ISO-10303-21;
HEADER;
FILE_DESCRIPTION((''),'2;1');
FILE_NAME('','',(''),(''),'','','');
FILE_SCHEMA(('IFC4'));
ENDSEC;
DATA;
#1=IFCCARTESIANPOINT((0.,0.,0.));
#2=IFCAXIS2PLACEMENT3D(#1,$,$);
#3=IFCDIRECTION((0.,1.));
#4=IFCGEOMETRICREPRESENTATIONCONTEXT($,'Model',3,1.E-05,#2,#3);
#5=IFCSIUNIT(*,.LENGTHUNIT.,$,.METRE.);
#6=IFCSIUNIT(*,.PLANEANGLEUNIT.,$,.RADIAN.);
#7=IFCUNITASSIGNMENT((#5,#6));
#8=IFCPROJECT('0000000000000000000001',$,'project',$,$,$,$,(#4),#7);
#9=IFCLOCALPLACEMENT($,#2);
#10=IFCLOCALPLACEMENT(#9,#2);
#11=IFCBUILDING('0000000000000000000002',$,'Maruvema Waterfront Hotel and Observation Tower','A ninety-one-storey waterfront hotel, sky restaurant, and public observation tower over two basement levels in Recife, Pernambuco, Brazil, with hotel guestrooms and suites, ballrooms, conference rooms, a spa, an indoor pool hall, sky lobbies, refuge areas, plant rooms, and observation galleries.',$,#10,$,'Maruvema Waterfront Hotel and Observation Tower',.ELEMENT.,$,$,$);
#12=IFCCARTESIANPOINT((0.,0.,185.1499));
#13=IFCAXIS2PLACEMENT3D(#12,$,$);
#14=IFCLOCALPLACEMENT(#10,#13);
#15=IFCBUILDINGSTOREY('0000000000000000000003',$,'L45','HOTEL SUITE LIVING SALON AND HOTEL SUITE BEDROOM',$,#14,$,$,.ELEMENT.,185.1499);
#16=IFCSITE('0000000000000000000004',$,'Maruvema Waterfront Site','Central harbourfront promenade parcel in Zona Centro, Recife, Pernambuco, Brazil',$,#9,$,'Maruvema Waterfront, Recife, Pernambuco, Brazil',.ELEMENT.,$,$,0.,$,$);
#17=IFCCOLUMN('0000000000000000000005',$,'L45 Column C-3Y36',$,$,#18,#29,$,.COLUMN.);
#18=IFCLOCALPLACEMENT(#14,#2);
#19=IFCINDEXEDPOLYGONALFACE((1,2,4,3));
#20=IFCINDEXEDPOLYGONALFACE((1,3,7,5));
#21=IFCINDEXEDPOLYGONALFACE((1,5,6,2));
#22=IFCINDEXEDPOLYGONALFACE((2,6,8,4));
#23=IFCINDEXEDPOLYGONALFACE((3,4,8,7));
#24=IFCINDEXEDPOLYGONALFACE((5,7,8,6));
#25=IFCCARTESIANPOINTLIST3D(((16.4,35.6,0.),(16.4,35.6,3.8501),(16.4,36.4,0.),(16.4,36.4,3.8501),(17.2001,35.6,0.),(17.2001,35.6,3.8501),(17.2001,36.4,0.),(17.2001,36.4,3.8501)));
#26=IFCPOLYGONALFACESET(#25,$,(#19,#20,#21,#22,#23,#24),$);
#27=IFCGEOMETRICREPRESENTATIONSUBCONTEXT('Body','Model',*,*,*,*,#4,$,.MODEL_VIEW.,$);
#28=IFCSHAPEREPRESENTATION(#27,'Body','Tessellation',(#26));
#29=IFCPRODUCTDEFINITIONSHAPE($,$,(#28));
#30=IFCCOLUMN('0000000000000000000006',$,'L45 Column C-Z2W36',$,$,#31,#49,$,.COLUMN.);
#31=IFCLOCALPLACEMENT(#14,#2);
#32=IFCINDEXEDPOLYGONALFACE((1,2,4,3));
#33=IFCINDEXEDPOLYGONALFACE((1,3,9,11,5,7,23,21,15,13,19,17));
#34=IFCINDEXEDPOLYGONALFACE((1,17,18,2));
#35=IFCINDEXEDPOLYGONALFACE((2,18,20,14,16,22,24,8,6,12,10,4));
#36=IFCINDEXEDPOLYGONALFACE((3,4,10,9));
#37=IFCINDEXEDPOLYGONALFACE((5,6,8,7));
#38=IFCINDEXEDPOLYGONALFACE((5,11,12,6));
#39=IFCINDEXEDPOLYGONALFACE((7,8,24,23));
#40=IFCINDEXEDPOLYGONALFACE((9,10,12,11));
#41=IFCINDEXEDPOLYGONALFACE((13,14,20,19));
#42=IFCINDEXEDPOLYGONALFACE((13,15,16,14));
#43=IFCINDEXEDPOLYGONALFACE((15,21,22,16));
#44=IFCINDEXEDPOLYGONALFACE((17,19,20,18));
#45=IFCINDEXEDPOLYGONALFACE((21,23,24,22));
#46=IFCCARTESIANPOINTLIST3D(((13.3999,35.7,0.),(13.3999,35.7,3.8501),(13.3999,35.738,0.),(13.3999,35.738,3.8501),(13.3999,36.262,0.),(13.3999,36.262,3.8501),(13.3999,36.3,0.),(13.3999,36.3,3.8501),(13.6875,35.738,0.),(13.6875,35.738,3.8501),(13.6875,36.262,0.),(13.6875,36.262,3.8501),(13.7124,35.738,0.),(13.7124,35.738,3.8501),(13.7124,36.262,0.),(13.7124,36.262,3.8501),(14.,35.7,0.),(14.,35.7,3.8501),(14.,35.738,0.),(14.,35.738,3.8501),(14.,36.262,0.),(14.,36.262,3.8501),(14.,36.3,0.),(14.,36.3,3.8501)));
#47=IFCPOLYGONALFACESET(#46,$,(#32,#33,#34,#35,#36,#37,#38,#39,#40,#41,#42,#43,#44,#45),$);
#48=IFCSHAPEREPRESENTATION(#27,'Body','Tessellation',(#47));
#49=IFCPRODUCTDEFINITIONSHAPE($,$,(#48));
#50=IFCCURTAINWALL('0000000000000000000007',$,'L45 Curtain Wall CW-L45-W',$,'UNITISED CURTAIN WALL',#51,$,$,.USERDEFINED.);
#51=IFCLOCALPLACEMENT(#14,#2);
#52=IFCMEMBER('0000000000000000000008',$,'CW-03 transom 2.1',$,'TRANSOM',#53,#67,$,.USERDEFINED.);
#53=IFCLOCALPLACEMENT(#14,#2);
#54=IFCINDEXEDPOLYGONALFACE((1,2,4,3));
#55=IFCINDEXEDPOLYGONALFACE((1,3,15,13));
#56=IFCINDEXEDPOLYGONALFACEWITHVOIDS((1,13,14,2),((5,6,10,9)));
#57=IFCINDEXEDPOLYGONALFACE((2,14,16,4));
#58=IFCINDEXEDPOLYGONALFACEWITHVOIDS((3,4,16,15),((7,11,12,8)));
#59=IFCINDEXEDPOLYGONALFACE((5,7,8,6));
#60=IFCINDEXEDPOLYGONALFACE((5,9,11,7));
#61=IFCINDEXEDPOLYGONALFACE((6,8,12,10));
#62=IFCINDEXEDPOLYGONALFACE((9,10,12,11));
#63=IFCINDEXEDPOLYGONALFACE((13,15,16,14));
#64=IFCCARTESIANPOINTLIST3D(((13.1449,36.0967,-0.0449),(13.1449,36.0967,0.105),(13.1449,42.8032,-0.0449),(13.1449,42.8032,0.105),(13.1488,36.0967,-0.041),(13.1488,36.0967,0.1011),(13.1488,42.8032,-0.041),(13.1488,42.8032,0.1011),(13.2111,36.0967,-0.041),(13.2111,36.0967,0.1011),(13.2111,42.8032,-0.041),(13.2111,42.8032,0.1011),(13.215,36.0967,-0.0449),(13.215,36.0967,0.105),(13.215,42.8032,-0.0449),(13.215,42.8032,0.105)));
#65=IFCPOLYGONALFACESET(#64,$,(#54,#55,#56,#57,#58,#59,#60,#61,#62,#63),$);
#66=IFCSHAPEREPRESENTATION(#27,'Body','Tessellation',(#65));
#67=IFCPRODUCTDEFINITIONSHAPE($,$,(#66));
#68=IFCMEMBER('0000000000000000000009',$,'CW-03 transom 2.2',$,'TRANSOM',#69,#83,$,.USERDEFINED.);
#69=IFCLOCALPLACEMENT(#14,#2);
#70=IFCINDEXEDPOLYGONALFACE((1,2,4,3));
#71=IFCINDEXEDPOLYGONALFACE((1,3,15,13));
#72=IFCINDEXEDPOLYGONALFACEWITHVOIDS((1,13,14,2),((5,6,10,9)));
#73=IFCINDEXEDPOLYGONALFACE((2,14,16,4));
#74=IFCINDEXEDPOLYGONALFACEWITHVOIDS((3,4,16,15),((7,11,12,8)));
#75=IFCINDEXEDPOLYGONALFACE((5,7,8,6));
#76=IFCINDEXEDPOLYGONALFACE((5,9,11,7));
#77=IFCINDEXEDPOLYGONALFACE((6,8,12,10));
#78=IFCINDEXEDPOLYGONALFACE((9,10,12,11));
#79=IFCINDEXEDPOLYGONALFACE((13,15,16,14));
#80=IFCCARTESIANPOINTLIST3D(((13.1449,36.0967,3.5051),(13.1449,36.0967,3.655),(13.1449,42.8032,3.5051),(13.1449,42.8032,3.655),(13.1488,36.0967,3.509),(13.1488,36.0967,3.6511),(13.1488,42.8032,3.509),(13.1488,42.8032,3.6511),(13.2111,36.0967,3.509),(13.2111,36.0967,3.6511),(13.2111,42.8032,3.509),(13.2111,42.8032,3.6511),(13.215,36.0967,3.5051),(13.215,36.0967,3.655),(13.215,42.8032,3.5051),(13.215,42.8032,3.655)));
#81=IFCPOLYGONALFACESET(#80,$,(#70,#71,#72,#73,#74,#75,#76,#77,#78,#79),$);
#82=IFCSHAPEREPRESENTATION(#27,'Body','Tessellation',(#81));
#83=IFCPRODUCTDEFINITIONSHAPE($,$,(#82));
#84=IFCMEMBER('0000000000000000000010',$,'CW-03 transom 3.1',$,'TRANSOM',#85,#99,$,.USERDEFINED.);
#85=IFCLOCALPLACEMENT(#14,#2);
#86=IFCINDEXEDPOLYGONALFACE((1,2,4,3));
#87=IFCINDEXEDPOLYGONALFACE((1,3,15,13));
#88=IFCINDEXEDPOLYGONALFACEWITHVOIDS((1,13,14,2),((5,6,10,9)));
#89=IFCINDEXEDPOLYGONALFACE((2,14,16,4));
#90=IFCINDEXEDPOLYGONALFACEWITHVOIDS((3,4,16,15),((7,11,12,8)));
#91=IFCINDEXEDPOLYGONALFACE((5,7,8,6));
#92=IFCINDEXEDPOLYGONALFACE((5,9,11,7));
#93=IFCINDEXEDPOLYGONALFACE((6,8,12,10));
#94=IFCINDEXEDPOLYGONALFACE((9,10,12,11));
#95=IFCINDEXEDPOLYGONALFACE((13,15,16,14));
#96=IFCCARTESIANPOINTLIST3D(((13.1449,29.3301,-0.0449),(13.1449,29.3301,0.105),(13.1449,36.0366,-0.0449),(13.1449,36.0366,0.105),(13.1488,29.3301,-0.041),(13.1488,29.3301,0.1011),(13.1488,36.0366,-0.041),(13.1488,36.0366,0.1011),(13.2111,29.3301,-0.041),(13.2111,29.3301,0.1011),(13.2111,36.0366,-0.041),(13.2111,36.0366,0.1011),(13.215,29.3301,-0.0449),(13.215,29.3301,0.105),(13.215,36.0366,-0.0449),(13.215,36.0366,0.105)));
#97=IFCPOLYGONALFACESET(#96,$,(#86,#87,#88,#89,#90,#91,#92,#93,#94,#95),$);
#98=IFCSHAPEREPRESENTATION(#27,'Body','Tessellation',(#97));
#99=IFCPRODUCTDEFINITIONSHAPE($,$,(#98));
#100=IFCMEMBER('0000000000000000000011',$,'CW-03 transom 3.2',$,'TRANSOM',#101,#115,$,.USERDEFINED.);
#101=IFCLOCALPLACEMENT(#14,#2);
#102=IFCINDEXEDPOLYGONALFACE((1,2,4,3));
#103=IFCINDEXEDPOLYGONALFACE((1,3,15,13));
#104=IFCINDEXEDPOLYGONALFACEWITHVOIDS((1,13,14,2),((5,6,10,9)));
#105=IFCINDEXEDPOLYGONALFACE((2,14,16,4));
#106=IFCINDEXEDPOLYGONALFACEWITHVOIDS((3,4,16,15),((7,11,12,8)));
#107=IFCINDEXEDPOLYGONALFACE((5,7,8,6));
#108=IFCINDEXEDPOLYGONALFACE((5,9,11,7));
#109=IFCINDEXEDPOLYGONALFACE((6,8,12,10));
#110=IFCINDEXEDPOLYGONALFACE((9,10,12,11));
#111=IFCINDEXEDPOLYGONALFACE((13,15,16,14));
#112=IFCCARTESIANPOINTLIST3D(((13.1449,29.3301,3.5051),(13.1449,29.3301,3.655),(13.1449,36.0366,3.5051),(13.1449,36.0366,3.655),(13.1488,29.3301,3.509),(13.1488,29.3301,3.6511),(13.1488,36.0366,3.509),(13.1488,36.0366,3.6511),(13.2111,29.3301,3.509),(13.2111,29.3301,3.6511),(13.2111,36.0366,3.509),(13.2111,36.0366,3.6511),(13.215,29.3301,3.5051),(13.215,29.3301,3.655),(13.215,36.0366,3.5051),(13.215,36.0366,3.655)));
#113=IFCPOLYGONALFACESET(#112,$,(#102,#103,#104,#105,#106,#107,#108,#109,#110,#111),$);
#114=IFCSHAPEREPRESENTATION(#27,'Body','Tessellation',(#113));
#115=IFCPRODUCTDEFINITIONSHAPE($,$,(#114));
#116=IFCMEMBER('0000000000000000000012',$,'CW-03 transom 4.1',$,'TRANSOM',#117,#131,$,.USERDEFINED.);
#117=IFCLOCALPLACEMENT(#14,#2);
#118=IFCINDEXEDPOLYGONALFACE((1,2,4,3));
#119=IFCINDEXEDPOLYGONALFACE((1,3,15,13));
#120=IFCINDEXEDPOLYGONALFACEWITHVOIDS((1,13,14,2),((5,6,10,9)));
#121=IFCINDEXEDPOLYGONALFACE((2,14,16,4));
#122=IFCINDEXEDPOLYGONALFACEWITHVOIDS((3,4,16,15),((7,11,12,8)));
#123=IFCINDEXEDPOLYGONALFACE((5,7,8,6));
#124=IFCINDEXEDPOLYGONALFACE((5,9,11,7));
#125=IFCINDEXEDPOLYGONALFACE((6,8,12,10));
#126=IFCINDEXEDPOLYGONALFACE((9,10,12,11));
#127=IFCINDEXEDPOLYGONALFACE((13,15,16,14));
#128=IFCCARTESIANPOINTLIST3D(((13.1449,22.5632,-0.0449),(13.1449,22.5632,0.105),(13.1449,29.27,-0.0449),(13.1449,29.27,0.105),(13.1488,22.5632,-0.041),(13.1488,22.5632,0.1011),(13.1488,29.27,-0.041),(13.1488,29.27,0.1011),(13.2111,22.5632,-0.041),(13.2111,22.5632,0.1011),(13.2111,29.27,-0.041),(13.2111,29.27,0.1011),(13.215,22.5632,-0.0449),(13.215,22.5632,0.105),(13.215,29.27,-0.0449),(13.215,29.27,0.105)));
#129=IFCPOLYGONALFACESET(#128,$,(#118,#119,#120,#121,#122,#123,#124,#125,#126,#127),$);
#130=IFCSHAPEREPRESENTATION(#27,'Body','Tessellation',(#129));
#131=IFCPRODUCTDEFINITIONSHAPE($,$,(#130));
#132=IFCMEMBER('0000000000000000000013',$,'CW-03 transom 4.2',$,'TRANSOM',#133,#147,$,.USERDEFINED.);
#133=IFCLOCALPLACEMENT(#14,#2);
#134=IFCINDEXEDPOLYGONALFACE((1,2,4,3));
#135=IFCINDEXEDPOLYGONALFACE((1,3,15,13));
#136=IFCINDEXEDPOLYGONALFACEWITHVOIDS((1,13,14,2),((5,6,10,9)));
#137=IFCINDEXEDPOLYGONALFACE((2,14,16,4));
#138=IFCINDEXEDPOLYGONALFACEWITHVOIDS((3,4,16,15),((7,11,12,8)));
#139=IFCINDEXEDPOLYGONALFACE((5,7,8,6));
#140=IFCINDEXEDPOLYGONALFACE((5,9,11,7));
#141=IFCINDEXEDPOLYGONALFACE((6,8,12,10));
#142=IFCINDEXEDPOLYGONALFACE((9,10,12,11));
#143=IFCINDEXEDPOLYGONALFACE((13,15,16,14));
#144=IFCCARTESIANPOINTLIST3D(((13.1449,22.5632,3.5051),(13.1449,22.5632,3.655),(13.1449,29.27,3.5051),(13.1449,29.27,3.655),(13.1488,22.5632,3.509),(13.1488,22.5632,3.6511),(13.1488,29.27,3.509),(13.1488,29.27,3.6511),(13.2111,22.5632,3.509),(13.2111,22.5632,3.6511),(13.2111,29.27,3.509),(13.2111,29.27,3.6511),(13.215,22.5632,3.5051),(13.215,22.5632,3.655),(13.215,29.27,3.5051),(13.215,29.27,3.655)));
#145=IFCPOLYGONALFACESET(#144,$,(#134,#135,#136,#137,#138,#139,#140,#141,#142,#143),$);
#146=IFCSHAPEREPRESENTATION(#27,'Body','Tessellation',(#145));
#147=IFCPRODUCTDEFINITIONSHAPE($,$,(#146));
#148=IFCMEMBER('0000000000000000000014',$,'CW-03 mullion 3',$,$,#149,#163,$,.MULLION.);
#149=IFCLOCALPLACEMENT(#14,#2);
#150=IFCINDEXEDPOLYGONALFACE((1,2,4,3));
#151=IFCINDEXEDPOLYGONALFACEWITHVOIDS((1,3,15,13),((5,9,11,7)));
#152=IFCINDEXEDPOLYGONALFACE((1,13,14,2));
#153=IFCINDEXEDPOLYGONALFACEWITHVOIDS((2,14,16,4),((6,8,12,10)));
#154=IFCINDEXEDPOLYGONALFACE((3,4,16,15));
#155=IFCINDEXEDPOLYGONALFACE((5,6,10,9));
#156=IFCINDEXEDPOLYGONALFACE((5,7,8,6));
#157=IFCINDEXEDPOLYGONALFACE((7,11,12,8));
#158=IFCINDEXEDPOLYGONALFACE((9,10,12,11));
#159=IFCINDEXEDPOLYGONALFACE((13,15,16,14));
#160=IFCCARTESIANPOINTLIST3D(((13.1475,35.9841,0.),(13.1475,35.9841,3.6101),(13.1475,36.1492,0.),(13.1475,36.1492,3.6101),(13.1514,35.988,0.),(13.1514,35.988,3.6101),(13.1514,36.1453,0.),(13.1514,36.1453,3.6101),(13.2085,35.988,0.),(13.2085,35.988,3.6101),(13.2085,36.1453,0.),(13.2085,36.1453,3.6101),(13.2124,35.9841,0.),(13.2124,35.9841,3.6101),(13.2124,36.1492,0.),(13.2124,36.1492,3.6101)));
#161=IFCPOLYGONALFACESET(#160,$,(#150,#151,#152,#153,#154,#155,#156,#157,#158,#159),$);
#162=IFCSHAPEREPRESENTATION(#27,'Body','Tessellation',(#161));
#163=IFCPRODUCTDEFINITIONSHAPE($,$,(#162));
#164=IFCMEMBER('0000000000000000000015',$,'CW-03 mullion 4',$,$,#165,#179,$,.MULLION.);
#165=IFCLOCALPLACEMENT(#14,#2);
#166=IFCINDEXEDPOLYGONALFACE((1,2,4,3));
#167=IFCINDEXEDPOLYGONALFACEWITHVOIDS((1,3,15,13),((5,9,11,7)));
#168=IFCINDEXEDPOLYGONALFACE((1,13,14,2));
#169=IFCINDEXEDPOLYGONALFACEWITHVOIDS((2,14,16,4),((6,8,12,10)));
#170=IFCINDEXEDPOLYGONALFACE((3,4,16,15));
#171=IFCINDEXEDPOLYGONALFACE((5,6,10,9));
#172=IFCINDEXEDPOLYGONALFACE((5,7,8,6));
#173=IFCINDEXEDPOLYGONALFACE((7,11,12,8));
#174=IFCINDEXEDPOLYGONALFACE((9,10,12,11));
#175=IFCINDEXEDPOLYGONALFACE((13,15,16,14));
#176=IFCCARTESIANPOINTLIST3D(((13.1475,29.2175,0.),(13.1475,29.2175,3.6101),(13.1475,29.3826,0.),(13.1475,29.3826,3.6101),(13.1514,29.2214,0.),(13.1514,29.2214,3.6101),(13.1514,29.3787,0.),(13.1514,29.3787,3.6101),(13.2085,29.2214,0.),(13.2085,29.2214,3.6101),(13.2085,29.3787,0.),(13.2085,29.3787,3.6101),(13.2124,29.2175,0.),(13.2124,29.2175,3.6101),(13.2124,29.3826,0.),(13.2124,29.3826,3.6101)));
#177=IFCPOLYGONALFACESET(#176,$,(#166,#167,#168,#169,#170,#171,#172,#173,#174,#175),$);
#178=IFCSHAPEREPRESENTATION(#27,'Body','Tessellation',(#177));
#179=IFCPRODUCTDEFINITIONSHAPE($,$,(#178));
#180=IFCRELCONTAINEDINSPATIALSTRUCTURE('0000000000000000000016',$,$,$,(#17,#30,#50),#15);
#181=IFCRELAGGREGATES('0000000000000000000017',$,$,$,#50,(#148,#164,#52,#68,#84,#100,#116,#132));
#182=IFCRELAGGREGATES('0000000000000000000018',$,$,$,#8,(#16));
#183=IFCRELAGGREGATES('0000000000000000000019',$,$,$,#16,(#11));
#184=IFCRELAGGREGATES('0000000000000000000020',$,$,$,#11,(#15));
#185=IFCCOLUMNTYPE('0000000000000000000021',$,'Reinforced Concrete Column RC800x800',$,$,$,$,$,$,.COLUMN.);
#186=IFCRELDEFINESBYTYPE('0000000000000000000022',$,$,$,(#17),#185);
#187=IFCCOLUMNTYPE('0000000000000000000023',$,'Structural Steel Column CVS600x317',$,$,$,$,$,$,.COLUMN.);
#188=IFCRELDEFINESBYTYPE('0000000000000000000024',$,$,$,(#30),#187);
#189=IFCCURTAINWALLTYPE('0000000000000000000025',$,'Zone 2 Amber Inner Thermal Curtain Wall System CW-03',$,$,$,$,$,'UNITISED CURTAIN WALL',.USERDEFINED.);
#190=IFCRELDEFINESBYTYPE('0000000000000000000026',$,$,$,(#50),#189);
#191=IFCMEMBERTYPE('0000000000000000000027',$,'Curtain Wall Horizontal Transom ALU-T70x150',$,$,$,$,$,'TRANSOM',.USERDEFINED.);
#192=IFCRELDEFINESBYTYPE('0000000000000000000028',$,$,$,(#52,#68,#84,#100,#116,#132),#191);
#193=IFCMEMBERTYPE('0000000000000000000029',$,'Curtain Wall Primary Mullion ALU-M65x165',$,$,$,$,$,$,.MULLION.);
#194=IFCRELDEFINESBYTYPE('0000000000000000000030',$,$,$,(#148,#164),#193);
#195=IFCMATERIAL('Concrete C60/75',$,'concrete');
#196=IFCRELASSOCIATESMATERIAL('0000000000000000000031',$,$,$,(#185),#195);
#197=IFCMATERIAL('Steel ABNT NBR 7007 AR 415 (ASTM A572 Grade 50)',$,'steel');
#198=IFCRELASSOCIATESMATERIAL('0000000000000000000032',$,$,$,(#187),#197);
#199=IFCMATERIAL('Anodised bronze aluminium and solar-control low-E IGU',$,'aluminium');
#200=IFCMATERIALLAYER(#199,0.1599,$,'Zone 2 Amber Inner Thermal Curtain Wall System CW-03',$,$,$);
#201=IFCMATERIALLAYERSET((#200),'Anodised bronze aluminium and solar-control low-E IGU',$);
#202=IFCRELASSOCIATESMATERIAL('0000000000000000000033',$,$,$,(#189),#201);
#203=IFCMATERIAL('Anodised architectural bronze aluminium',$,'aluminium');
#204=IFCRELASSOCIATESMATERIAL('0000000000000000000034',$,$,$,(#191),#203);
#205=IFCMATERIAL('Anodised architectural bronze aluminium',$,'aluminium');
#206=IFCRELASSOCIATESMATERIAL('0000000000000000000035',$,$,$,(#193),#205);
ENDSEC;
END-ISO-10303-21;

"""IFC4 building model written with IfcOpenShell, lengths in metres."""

from ifc_helpers import new_model, si_unit, direction, frame, origin, origin_2d, place, context, subcontext, project, spatial, rectangle, hollow_rectangle, i_section, extrude, material, layer, layer_set, material_profile, profile_set, type_object, element, aggregate, save


model = new_model("IFC4")

# Units and contexts
model_context = context("Model", 3, precision=1e-05, world=origin(), true_north=direction((0.0, 1.0)))
body_context = subcontext(model_context, "Body", "Model", "MODEL_VIEW")
ifc_project = project(units=[si_unit("LENGTHUNIT", "METRE"), si_unit("PLANEANGLEUNIT", "RADIAN")], contexts=[model_context])

# Site, building, storey
site_placement = place(None, origin())
site = spatial("IfcSite", under=ifc_project, at=site_placement, Name="Maruvema Waterfront Site", Description="Central harbourfront promenade parcel in Zona Centro, Recife, Pernambuco, Brazil", LongName="Maruvema Waterfront, Recife, Pernambuco, Brazil", CompositionType="ELEMENT", RefElevation=0.0)
building_placement = place(site_placement, origin())
building = spatial("IfcBuilding", under=site, at=building_placement, Name="Maruvema Waterfront Hotel and Observation Tower", Description="A ninety-one-storey waterfront hotel, sky restaurant, and public observation tower over two basement levels in Recife, Pernambuco, Brazil, with hotel guestrooms and suites, ballrooms, conference rooms, a spa, an indoor pool hall, sky lobbies, refuge areas, plant rooms, and observation galleries.", LongName="Maruvema Waterfront Hotel and Observation Tower", CompositionType="ELEMENT")
storey_placement = place(building_placement, frame((0.0, 0.0, 185.1499)))
storey = spatial("IfcBuildingStorey", under=building, at=storey_placement, Name="L45", Description="HOTEL SUITE LIVING SALON AND HOTEL SUITE BEDROOM", CompositionType="ELEMENT", Elevation=185.1499)

# Columns
ifc_material_1 = material(Name="Concrete C60/75", Category="concrete")
ifc_material_profile_1 = material_profile(ifc_material_1, rectangle(XDim=0.8, YDim=0.8, at=origin_2d()), Name="RC800x800")
ifc_profile_set_1 = profile_set([ifc_material_profile_1], Name="Concrete C60/75")
column_type_1 = type_object("IfcColumnType", Name="Reinforced Concrete Column RC800x800", PredefinedType="COLUMN", material=ifc_profile_set_1)
column_1_placement = place(storey_placement, frame((16.8, 36.0, 0.0), z_axis=(0.0, 0.0, 1.0), x_axis=(1.0, 0.0, 0.0)))
element("IfcColumn", 1, at=column_1_placement, inside=storey, type_object=column_type_1, Name="L45 Column C-3Y36", PredefinedType="COLUMN", context=body_context, shape_type="SweptSolid", body=[
    extrude(rectangle(XDim=0.8, YDim=0.8, at=origin_2d()), origin(), (0.0, 0.0, 1.0), 3.8501),
])
ifc_material_2 = material(Name="Steel ABNT NBR 7007 AR 415 (ASTM A572 Grade 50)", Category="steel")
ifc_material_profile_2 = material_profile(ifc_material_2, i_section(OverallWidth=0.6001, OverallDepth=0.6001, WebThickness=0.0249, FlangeThickness=0.0381, at=origin_2d()), Name="CVS600x317")
ifc_profile_set_2 = profile_set([ifc_material_profile_2], Name="Steel ABNT NBR 7007 AR 415 (ASTM A572 Grade 50)")
column_type_2 = type_object("IfcColumnType", Name="Structural Steel Column CVS600x317", PredefinedType="COLUMN", material=ifc_profile_set_2)
column_2_placement = place(storey_placement, frame((13.7, 36.0, 0.0), z_axis=(0.0, 0.0, 1.0), x_axis=(1.0, 0.0, 0.0)))
element("IfcColumn", 2, at=column_2_placement, inside=storey, type_object=column_type_2, Name="L45 Column C-Z2W36", PredefinedType="COLUMN", context=body_context, shape_type="SweptSolid", body=[
    extrude(i_section(OverallWidth=0.6001, OverallDepth=0.6001, WebThickness=0.0249, FlangeThickness=0.0381, at=origin_2d()), origin(), (0.0, 0.0, 1.0), 3.8501),
])

# Curtain wall, members
ifc_material_3 = material(Name="Anodised bronze aluminium and solar-control low-E IGU", Category="aluminium")
ifc_layer_1 = layer(ifc_material_3, 0.1599, Name="Zone 2 Amber Inner Thermal Curtain Wall System CW-03")
ifc_layer_set_1 = layer_set([ifc_layer_1], Name="Anodised bronze aluminium and solar-control low-E IGU")
curtain_wall_type = type_object("IfcCurtainWallType", Name="Zone 2 Amber Inner Thermal Curtain Wall System CW-03", ElementType="UNITISED CURTAIN WALL", PredefinedType="USERDEFINED", material=ifc_layer_set_1)
curtain_wall_placement = place(storey_placement, origin())
curtain_wall = element("IfcCurtainWall", 3, at=curtain_wall_placement, inside=storey, type_object=curtain_wall_type, Name="L45 Curtain Wall CW-L45-W", ObjectType="UNITISED CURTAIN WALL", PredefinedType="USERDEFINED")
ifc_material_4 = material(Name="Anodised architectural bronze aluminium", Category="aluminium")
ifc_material_profile_3 = material_profile(ifc_material_4, hollow_rectangle(XDim=0.0701, YDim=0.1499, WallThickness=0.0039, at=origin_2d()), Name="ALU-T70x150")
ifc_profile_set_3 = profile_set([ifc_material_profile_3], Name="Anodised architectural bronze aluminium")
member_type_1 = type_object("IfcMemberType", Name="Curtain Wall Horizontal Transom ALU-T70x150", ElementType="TRANSOM", PredefinedType="USERDEFINED", material=ifc_profile_set_3)
member_1_placement = place(storey_placement, frame((13.1799, 42.8032, 0.03), z_axis=(0.0, -1.0, 0.0), x_axis=(1.0, 0.0, 0.0)))
member_1 = element("IfcMember", 4, at=member_1_placement, type_object=member_type_1, Name="CW-03 transom 2.1", ObjectType="TRANSOM", PredefinedType="USERDEFINED", context=body_context, shape_type="SweptSolid", body=[
    extrude(hollow_rectangle(XDim=0.0701, YDim=0.1499, WallThickness=0.0039, at=origin_2d()), origin(), (0.0, 0.0, 1.0), 6.7065),
])
member_2_placement = place(storey_placement, frame((13.1799, 42.8032, 3.5801), z_axis=(0.0, -1.0, 0.0), x_axis=(1.0, 0.0, 0.0)))
member_2 = element("IfcMember", 5, at=member_2_placement, type_object=member_type_1, Name="CW-03 transom 2.2", ObjectType="TRANSOM", PredefinedType="USERDEFINED", context=body_context, shape_type="SweptSolid", body=[
    extrude(hollow_rectangle(XDim=0.0701, YDim=0.1499, WallThickness=0.0039, at=origin_2d()), origin(), (0.0, 0.0, 1.0), 6.7065),
])
member_3_placement = place(storey_placement, frame((13.1799, 36.0366, 0.03), z_axis=(0.0, -1.0, 0.0), x_axis=(1.0, 0.0, 0.0)))
member_3 = element("IfcMember", 6, at=member_3_placement, type_object=member_type_1, Name="CW-03 transom 3.1", ObjectType="TRANSOM", PredefinedType="USERDEFINED", context=body_context, shape_type="SweptSolid", body=[
    extrude(hollow_rectangle(XDim=0.0701, YDim=0.1499, WallThickness=0.0039, at=origin_2d()), origin(), (0.0, 0.0, 1.0), 6.7065),
])
member_4_placement = place(storey_placement, frame((13.1799, 36.0366, 3.5801), z_axis=(0.0, -1.0, 0.0), x_axis=(1.0, 0.0, 0.0)))
member_4 = element("IfcMember", 7, at=member_4_placement, type_object=member_type_1, Name="CW-03 transom 3.2", ObjectType="TRANSOM", PredefinedType="USERDEFINED", context=body_context, shape_type="SweptSolid", body=[
    extrude(hollow_rectangle(XDim=0.0701, YDim=0.1499, WallThickness=0.0039, at=origin_2d()), origin(), (0.0, 0.0, 1.0), 6.7065),
])
member_5_placement = place(storey_placement, frame((13.1799, 29.27, 0.03), z_axis=(0.0, -1.0, 0.0), x_axis=(1.0, 0.0, 0.0)))
member_5 = element("IfcMember", 8, at=member_5_placement, type_object=member_type_1, Name="CW-03 transom 4.1", ObjectType="TRANSOM", PredefinedType="USERDEFINED", context=body_context, shape_type="SweptSolid", body=[
    extrude(hollow_rectangle(XDim=0.0701, YDim=0.1499, WallThickness=0.0039, at=origin_2d()), origin(), (0.0, 0.0, 1.0), 6.7068),
])
member_6_placement = place(storey_placement, frame((13.1799, 29.27, 3.5801), z_axis=(0.0, -1.0, 0.0), x_axis=(1.0, 0.0, 0.0)))
member_6 = element("IfcMember", 9, at=member_6_placement, type_object=member_type_1, Name="CW-03 transom 4.2", ObjectType="TRANSOM", PredefinedType="USERDEFINED", context=body_context, shape_type="SweptSolid", body=[
    extrude(hollow_rectangle(XDim=0.0701, YDim=0.1499, WallThickness=0.0039, at=origin_2d()), origin(), (0.0, 0.0, 1.0), 6.7068),
])
ifc_material_5 = material(Name="Anodised architectural bronze aluminium", Category="aluminium")
ifc_material_profile_4 = material_profile(ifc_material_5, hollow_rectangle(XDim=0.0649, YDim=0.165, WallThickness=0.0039, at=origin_2d()), Name="ALU-M65x165")
ifc_profile_set_4 = profile_set([ifc_material_profile_4], Name="Anodised architectural bronze aluminium")
member_type_2 = type_object("IfcMemberType", Name="Curtain Wall Primary Mullion ALU-M65x165", PredefinedType="MULLION", material=ifc_profile_set_4)
member_7_placement = place(storey_placement, frame((13.1799, 36.0667, 0.0), z_axis=(0.0, 0.0, 1.0), x_axis=(1.0, 0.0, 0.0)))
member_7 = element("IfcMember", 10, at=member_7_placement, type_object=member_type_2, Name="CW-03 mullion 3", PredefinedType="MULLION", context=body_context, shape_type="SweptSolid", body=[
    extrude(hollow_rectangle(XDim=0.0649, YDim=0.165, WallThickness=0.0039, at=origin_2d()), origin(), (0.0, 0.0, 1.0), 3.6101),
])
member_8_placement = place(storey_placement, frame((13.1799, 29.3, 0.0), z_axis=(0.0, 0.0, 1.0), x_axis=(1.0, 0.0, 0.0)))
member_8 = element("IfcMember", 11, at=member_8_placement, type_object=member_type_2, Name="CW-03 mullion 4", PredefinedType="MULLION", context=body_context, shape_type="SweptSolid", body=[
    extrude(hollow_rectangle(XDim=0.0649, YDim=0.165, WallThickness=0.0039, at=origin_2d()), origin(), (0.0, 0.0, 1.0), 3.6101),
])

aggregate(curtain_wall, [member_7, member_8, member_1, member_2, member_3, member_4, member_5, member_6])

save(model, "model.ifc")
